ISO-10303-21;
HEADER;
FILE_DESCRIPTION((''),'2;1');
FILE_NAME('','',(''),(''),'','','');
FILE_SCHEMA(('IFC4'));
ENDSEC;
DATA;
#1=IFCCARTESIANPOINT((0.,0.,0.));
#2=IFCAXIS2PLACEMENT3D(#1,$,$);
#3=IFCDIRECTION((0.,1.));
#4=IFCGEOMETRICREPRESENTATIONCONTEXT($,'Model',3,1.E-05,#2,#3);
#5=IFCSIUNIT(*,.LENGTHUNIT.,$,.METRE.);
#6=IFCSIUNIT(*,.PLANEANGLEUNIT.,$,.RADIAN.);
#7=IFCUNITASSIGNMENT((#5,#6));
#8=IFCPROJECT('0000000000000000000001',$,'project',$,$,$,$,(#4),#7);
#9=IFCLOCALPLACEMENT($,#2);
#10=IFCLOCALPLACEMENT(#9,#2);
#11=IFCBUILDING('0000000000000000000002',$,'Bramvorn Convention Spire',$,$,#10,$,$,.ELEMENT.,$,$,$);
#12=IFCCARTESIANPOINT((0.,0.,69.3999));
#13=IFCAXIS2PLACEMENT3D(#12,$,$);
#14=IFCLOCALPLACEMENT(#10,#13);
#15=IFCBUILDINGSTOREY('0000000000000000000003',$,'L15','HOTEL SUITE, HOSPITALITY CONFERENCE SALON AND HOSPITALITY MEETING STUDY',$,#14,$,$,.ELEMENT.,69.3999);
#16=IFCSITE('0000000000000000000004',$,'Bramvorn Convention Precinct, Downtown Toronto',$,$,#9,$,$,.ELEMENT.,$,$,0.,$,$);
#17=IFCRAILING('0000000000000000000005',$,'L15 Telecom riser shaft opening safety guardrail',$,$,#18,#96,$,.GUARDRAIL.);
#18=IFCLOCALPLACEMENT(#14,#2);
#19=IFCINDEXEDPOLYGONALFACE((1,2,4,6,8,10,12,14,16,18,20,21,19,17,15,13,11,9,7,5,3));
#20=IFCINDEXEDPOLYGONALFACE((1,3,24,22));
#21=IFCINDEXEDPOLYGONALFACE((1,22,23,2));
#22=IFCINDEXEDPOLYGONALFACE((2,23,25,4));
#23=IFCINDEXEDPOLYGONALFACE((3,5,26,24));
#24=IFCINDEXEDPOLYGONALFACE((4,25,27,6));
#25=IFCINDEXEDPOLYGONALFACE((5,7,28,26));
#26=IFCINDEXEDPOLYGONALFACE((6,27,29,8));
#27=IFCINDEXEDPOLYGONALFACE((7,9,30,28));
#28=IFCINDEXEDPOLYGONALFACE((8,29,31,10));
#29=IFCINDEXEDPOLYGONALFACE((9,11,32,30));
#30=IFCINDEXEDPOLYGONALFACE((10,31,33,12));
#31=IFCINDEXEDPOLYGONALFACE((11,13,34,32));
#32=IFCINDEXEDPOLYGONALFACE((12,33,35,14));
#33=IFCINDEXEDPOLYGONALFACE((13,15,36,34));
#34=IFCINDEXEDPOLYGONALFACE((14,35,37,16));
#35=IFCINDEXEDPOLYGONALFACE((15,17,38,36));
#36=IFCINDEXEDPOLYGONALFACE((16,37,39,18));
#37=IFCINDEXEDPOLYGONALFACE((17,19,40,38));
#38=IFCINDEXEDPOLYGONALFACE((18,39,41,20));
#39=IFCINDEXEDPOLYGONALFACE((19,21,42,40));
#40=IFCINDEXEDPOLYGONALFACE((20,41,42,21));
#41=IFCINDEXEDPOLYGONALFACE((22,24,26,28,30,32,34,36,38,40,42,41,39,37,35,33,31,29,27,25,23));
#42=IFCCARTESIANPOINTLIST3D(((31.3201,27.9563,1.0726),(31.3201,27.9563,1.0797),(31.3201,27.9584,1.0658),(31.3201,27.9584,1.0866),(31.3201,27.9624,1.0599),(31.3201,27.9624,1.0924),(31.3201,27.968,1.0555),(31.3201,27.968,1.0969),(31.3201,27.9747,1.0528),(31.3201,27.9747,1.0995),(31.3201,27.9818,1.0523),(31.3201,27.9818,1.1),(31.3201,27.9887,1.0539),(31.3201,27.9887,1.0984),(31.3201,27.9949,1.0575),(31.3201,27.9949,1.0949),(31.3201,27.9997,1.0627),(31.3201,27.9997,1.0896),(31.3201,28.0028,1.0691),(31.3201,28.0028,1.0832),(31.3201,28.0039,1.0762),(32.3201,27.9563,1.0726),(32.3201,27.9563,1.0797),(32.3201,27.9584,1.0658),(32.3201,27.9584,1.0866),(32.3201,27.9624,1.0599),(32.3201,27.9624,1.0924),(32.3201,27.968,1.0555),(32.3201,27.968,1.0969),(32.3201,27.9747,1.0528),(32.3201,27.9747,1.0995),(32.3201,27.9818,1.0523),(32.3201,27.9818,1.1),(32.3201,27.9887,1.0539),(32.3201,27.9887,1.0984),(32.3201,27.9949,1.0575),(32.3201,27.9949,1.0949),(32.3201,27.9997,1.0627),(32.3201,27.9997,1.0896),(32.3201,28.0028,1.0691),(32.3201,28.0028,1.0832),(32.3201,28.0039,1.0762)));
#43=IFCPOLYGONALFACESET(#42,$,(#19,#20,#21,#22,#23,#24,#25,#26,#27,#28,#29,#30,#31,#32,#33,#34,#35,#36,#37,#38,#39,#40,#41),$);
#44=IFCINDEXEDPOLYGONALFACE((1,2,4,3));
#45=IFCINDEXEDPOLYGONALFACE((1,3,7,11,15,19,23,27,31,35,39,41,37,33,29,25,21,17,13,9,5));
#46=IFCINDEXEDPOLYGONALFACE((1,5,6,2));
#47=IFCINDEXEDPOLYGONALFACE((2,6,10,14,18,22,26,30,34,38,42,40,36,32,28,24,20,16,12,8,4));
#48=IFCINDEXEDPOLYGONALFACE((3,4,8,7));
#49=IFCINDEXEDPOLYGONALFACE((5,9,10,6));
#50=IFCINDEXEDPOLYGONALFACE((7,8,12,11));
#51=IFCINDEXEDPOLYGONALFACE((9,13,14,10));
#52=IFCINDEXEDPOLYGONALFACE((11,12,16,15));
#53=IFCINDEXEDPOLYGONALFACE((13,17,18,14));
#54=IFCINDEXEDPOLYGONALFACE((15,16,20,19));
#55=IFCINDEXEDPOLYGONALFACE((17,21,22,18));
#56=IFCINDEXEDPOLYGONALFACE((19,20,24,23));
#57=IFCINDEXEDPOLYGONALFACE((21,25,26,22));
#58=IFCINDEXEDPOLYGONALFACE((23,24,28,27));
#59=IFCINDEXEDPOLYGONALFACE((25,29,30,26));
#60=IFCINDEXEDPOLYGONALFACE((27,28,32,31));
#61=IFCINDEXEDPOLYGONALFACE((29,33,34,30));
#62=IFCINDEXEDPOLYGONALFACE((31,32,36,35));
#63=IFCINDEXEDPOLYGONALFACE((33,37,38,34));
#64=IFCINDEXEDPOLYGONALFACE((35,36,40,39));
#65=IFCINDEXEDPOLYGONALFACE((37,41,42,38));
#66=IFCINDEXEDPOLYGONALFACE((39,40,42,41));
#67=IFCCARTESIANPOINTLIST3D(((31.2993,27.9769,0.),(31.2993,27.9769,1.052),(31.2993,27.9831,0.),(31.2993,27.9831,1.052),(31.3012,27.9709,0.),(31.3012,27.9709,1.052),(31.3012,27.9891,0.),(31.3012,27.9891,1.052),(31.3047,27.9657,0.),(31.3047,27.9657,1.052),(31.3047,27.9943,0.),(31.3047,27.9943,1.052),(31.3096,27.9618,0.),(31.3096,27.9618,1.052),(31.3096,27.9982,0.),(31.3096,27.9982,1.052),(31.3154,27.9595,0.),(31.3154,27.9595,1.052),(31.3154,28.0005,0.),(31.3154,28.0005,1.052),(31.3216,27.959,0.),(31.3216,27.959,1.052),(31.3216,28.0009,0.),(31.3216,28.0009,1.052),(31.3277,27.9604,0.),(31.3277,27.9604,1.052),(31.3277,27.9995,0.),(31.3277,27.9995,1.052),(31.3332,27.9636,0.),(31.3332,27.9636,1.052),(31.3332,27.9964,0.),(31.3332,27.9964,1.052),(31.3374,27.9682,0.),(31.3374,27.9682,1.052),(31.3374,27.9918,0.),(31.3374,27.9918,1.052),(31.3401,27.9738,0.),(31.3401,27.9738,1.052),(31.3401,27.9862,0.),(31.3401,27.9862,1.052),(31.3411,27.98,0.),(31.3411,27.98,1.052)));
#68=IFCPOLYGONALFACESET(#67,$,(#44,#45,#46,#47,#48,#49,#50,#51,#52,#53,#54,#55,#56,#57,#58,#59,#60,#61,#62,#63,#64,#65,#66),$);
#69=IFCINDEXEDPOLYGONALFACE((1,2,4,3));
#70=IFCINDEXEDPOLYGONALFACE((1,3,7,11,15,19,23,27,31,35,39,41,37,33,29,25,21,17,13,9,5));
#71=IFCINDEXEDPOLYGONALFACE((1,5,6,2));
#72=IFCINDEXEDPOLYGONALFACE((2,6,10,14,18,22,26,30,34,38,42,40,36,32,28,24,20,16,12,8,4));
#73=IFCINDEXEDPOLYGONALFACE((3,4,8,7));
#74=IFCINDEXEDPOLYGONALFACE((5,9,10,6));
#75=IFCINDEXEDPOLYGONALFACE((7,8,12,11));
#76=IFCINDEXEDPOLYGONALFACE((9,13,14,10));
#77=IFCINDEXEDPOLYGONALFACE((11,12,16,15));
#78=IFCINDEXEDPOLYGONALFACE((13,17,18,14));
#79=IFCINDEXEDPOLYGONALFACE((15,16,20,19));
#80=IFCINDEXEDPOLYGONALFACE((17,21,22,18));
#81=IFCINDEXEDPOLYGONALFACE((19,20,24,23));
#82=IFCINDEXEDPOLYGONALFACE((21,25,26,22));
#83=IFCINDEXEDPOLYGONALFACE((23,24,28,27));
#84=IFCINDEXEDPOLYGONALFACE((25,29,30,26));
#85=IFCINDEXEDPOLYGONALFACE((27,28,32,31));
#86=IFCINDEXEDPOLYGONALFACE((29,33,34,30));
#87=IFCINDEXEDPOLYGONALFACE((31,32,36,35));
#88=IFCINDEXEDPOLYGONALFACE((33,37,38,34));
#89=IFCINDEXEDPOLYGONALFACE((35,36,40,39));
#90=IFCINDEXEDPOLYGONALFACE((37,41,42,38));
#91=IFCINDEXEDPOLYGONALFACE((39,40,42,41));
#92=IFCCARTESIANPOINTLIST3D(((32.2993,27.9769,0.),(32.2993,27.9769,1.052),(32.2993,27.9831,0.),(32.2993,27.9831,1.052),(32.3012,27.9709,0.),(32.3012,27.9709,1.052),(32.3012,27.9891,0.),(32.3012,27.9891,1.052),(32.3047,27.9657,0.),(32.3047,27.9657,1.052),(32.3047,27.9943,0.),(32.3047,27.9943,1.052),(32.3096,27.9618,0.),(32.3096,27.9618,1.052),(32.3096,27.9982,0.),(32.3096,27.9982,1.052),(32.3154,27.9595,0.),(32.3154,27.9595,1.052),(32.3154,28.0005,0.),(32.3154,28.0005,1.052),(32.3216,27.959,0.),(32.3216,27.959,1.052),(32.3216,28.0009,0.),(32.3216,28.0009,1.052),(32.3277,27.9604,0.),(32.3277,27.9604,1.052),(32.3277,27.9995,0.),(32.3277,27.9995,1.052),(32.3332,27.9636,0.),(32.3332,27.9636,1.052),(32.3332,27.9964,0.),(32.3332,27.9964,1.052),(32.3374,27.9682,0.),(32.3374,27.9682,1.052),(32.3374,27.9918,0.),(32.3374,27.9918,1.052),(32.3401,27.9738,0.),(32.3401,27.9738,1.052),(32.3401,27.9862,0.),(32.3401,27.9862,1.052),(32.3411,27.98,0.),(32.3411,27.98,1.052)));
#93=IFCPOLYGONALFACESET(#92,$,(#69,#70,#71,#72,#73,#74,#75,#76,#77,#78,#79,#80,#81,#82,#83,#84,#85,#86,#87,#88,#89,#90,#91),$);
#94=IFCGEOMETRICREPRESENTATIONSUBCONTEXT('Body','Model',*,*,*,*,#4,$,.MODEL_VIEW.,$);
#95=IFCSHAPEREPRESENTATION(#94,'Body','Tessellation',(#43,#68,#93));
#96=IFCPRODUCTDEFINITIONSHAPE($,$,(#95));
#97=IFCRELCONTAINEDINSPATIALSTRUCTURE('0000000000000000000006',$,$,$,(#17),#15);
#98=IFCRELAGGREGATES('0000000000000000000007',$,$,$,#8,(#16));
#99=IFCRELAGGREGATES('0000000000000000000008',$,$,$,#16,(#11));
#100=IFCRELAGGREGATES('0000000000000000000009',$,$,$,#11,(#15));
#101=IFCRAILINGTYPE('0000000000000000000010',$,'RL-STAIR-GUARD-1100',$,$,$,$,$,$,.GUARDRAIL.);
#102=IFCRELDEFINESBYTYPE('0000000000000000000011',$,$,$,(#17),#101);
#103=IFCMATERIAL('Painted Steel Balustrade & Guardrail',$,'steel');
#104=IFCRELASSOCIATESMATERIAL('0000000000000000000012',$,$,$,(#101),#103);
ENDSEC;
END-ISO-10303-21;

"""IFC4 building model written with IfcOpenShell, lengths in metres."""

from ifc_helpers import new_model, si_unit, direction, frame, origin, origin_2d, place, context, subcontext, project, spatial, circle, extrude, material, type_object, element, save


model = new_model("IFC4")

# Units and contexts
model_context = context("Model", 3, precision=1e-05, world=origin(), true_north=direction((0.0, 1.0)))
body_context = subcontext(model_context, "Body", "Model", "MODEL_VIEW")
ifc_project = project(units=[si_unit("LENGTHUNIT", "METRE"), si_unit("PLANEANGLEUNIT", "RADIAN")], contexts=[model_context])

# Site, building, storey
site_placement = place(None, origin())
site = spatial("IfcSite", under=ifc_project, at=site_placement, Name="Bramvorn Convention Precinct, Downtown Toronto", CompositionType="ELEMENT", RefElevation=0.0)
building_placement = place(site_placement, origin())
building = spatial("IfcBuilding", under=site, at=building_placement, Name="Bramvorn Convention Spire", CompositionType="ELEMENT")
storey_placement = place(building_placement, frame((0.0, 0.0, 69.3999)))
storey = spatial("IfcBuildingStorey", under=building, at=storey_placement, Name="L15", Description="HOTEL SUITE, HOSPITALITY CONFERENCE SALON AND HOSPITALITY MEETING STUDY", CompositionType="ELEMENT", Elevation=69.3999)

# Railing
ifc_material_1 = material(Name="Painted Steel Balustrade & Guardrail", Category="steel")
railing_type_1 = type_object("IfcRailingType", Name="RL-STAIR-GUARD-1100", PredefinedType="GUARDRAIL", material=ifc_material_1)
railing_1_placement = place(storey_placement, frame((31.3201, 27.98, 0.0)))
element("IfcRailing", 1, at=railing_1_placement, inside=storey, type_object=railing_type_1, Name="L15 Telecom riser shaft opening safety guardrail", PredefinedType="GUARDRAIL", context=body_context, shape_type="SweptSolid", body=[
    extrude(circle(Radius=0.0239, at=origin_2d()), frame((0.0, 0.0, 1.0762), z_axis=(1.0, 0.0, 0.0), x_axis=(0.0, 1.0, 0.0)), (0.0, 0.0, 1.0), 1.0),
    extrude(circle(Radius=0.021, at=origin_2d()), origin(), (0.0, 0.0, 1.0), 1.052),
    extrude(circle(Radius=0.021, at=origin_2d()), frame((1.0, 0.0, 0.0)), (0.0, 0.0, 1.0), 1.052),
])

save(model, "model.ifc")
